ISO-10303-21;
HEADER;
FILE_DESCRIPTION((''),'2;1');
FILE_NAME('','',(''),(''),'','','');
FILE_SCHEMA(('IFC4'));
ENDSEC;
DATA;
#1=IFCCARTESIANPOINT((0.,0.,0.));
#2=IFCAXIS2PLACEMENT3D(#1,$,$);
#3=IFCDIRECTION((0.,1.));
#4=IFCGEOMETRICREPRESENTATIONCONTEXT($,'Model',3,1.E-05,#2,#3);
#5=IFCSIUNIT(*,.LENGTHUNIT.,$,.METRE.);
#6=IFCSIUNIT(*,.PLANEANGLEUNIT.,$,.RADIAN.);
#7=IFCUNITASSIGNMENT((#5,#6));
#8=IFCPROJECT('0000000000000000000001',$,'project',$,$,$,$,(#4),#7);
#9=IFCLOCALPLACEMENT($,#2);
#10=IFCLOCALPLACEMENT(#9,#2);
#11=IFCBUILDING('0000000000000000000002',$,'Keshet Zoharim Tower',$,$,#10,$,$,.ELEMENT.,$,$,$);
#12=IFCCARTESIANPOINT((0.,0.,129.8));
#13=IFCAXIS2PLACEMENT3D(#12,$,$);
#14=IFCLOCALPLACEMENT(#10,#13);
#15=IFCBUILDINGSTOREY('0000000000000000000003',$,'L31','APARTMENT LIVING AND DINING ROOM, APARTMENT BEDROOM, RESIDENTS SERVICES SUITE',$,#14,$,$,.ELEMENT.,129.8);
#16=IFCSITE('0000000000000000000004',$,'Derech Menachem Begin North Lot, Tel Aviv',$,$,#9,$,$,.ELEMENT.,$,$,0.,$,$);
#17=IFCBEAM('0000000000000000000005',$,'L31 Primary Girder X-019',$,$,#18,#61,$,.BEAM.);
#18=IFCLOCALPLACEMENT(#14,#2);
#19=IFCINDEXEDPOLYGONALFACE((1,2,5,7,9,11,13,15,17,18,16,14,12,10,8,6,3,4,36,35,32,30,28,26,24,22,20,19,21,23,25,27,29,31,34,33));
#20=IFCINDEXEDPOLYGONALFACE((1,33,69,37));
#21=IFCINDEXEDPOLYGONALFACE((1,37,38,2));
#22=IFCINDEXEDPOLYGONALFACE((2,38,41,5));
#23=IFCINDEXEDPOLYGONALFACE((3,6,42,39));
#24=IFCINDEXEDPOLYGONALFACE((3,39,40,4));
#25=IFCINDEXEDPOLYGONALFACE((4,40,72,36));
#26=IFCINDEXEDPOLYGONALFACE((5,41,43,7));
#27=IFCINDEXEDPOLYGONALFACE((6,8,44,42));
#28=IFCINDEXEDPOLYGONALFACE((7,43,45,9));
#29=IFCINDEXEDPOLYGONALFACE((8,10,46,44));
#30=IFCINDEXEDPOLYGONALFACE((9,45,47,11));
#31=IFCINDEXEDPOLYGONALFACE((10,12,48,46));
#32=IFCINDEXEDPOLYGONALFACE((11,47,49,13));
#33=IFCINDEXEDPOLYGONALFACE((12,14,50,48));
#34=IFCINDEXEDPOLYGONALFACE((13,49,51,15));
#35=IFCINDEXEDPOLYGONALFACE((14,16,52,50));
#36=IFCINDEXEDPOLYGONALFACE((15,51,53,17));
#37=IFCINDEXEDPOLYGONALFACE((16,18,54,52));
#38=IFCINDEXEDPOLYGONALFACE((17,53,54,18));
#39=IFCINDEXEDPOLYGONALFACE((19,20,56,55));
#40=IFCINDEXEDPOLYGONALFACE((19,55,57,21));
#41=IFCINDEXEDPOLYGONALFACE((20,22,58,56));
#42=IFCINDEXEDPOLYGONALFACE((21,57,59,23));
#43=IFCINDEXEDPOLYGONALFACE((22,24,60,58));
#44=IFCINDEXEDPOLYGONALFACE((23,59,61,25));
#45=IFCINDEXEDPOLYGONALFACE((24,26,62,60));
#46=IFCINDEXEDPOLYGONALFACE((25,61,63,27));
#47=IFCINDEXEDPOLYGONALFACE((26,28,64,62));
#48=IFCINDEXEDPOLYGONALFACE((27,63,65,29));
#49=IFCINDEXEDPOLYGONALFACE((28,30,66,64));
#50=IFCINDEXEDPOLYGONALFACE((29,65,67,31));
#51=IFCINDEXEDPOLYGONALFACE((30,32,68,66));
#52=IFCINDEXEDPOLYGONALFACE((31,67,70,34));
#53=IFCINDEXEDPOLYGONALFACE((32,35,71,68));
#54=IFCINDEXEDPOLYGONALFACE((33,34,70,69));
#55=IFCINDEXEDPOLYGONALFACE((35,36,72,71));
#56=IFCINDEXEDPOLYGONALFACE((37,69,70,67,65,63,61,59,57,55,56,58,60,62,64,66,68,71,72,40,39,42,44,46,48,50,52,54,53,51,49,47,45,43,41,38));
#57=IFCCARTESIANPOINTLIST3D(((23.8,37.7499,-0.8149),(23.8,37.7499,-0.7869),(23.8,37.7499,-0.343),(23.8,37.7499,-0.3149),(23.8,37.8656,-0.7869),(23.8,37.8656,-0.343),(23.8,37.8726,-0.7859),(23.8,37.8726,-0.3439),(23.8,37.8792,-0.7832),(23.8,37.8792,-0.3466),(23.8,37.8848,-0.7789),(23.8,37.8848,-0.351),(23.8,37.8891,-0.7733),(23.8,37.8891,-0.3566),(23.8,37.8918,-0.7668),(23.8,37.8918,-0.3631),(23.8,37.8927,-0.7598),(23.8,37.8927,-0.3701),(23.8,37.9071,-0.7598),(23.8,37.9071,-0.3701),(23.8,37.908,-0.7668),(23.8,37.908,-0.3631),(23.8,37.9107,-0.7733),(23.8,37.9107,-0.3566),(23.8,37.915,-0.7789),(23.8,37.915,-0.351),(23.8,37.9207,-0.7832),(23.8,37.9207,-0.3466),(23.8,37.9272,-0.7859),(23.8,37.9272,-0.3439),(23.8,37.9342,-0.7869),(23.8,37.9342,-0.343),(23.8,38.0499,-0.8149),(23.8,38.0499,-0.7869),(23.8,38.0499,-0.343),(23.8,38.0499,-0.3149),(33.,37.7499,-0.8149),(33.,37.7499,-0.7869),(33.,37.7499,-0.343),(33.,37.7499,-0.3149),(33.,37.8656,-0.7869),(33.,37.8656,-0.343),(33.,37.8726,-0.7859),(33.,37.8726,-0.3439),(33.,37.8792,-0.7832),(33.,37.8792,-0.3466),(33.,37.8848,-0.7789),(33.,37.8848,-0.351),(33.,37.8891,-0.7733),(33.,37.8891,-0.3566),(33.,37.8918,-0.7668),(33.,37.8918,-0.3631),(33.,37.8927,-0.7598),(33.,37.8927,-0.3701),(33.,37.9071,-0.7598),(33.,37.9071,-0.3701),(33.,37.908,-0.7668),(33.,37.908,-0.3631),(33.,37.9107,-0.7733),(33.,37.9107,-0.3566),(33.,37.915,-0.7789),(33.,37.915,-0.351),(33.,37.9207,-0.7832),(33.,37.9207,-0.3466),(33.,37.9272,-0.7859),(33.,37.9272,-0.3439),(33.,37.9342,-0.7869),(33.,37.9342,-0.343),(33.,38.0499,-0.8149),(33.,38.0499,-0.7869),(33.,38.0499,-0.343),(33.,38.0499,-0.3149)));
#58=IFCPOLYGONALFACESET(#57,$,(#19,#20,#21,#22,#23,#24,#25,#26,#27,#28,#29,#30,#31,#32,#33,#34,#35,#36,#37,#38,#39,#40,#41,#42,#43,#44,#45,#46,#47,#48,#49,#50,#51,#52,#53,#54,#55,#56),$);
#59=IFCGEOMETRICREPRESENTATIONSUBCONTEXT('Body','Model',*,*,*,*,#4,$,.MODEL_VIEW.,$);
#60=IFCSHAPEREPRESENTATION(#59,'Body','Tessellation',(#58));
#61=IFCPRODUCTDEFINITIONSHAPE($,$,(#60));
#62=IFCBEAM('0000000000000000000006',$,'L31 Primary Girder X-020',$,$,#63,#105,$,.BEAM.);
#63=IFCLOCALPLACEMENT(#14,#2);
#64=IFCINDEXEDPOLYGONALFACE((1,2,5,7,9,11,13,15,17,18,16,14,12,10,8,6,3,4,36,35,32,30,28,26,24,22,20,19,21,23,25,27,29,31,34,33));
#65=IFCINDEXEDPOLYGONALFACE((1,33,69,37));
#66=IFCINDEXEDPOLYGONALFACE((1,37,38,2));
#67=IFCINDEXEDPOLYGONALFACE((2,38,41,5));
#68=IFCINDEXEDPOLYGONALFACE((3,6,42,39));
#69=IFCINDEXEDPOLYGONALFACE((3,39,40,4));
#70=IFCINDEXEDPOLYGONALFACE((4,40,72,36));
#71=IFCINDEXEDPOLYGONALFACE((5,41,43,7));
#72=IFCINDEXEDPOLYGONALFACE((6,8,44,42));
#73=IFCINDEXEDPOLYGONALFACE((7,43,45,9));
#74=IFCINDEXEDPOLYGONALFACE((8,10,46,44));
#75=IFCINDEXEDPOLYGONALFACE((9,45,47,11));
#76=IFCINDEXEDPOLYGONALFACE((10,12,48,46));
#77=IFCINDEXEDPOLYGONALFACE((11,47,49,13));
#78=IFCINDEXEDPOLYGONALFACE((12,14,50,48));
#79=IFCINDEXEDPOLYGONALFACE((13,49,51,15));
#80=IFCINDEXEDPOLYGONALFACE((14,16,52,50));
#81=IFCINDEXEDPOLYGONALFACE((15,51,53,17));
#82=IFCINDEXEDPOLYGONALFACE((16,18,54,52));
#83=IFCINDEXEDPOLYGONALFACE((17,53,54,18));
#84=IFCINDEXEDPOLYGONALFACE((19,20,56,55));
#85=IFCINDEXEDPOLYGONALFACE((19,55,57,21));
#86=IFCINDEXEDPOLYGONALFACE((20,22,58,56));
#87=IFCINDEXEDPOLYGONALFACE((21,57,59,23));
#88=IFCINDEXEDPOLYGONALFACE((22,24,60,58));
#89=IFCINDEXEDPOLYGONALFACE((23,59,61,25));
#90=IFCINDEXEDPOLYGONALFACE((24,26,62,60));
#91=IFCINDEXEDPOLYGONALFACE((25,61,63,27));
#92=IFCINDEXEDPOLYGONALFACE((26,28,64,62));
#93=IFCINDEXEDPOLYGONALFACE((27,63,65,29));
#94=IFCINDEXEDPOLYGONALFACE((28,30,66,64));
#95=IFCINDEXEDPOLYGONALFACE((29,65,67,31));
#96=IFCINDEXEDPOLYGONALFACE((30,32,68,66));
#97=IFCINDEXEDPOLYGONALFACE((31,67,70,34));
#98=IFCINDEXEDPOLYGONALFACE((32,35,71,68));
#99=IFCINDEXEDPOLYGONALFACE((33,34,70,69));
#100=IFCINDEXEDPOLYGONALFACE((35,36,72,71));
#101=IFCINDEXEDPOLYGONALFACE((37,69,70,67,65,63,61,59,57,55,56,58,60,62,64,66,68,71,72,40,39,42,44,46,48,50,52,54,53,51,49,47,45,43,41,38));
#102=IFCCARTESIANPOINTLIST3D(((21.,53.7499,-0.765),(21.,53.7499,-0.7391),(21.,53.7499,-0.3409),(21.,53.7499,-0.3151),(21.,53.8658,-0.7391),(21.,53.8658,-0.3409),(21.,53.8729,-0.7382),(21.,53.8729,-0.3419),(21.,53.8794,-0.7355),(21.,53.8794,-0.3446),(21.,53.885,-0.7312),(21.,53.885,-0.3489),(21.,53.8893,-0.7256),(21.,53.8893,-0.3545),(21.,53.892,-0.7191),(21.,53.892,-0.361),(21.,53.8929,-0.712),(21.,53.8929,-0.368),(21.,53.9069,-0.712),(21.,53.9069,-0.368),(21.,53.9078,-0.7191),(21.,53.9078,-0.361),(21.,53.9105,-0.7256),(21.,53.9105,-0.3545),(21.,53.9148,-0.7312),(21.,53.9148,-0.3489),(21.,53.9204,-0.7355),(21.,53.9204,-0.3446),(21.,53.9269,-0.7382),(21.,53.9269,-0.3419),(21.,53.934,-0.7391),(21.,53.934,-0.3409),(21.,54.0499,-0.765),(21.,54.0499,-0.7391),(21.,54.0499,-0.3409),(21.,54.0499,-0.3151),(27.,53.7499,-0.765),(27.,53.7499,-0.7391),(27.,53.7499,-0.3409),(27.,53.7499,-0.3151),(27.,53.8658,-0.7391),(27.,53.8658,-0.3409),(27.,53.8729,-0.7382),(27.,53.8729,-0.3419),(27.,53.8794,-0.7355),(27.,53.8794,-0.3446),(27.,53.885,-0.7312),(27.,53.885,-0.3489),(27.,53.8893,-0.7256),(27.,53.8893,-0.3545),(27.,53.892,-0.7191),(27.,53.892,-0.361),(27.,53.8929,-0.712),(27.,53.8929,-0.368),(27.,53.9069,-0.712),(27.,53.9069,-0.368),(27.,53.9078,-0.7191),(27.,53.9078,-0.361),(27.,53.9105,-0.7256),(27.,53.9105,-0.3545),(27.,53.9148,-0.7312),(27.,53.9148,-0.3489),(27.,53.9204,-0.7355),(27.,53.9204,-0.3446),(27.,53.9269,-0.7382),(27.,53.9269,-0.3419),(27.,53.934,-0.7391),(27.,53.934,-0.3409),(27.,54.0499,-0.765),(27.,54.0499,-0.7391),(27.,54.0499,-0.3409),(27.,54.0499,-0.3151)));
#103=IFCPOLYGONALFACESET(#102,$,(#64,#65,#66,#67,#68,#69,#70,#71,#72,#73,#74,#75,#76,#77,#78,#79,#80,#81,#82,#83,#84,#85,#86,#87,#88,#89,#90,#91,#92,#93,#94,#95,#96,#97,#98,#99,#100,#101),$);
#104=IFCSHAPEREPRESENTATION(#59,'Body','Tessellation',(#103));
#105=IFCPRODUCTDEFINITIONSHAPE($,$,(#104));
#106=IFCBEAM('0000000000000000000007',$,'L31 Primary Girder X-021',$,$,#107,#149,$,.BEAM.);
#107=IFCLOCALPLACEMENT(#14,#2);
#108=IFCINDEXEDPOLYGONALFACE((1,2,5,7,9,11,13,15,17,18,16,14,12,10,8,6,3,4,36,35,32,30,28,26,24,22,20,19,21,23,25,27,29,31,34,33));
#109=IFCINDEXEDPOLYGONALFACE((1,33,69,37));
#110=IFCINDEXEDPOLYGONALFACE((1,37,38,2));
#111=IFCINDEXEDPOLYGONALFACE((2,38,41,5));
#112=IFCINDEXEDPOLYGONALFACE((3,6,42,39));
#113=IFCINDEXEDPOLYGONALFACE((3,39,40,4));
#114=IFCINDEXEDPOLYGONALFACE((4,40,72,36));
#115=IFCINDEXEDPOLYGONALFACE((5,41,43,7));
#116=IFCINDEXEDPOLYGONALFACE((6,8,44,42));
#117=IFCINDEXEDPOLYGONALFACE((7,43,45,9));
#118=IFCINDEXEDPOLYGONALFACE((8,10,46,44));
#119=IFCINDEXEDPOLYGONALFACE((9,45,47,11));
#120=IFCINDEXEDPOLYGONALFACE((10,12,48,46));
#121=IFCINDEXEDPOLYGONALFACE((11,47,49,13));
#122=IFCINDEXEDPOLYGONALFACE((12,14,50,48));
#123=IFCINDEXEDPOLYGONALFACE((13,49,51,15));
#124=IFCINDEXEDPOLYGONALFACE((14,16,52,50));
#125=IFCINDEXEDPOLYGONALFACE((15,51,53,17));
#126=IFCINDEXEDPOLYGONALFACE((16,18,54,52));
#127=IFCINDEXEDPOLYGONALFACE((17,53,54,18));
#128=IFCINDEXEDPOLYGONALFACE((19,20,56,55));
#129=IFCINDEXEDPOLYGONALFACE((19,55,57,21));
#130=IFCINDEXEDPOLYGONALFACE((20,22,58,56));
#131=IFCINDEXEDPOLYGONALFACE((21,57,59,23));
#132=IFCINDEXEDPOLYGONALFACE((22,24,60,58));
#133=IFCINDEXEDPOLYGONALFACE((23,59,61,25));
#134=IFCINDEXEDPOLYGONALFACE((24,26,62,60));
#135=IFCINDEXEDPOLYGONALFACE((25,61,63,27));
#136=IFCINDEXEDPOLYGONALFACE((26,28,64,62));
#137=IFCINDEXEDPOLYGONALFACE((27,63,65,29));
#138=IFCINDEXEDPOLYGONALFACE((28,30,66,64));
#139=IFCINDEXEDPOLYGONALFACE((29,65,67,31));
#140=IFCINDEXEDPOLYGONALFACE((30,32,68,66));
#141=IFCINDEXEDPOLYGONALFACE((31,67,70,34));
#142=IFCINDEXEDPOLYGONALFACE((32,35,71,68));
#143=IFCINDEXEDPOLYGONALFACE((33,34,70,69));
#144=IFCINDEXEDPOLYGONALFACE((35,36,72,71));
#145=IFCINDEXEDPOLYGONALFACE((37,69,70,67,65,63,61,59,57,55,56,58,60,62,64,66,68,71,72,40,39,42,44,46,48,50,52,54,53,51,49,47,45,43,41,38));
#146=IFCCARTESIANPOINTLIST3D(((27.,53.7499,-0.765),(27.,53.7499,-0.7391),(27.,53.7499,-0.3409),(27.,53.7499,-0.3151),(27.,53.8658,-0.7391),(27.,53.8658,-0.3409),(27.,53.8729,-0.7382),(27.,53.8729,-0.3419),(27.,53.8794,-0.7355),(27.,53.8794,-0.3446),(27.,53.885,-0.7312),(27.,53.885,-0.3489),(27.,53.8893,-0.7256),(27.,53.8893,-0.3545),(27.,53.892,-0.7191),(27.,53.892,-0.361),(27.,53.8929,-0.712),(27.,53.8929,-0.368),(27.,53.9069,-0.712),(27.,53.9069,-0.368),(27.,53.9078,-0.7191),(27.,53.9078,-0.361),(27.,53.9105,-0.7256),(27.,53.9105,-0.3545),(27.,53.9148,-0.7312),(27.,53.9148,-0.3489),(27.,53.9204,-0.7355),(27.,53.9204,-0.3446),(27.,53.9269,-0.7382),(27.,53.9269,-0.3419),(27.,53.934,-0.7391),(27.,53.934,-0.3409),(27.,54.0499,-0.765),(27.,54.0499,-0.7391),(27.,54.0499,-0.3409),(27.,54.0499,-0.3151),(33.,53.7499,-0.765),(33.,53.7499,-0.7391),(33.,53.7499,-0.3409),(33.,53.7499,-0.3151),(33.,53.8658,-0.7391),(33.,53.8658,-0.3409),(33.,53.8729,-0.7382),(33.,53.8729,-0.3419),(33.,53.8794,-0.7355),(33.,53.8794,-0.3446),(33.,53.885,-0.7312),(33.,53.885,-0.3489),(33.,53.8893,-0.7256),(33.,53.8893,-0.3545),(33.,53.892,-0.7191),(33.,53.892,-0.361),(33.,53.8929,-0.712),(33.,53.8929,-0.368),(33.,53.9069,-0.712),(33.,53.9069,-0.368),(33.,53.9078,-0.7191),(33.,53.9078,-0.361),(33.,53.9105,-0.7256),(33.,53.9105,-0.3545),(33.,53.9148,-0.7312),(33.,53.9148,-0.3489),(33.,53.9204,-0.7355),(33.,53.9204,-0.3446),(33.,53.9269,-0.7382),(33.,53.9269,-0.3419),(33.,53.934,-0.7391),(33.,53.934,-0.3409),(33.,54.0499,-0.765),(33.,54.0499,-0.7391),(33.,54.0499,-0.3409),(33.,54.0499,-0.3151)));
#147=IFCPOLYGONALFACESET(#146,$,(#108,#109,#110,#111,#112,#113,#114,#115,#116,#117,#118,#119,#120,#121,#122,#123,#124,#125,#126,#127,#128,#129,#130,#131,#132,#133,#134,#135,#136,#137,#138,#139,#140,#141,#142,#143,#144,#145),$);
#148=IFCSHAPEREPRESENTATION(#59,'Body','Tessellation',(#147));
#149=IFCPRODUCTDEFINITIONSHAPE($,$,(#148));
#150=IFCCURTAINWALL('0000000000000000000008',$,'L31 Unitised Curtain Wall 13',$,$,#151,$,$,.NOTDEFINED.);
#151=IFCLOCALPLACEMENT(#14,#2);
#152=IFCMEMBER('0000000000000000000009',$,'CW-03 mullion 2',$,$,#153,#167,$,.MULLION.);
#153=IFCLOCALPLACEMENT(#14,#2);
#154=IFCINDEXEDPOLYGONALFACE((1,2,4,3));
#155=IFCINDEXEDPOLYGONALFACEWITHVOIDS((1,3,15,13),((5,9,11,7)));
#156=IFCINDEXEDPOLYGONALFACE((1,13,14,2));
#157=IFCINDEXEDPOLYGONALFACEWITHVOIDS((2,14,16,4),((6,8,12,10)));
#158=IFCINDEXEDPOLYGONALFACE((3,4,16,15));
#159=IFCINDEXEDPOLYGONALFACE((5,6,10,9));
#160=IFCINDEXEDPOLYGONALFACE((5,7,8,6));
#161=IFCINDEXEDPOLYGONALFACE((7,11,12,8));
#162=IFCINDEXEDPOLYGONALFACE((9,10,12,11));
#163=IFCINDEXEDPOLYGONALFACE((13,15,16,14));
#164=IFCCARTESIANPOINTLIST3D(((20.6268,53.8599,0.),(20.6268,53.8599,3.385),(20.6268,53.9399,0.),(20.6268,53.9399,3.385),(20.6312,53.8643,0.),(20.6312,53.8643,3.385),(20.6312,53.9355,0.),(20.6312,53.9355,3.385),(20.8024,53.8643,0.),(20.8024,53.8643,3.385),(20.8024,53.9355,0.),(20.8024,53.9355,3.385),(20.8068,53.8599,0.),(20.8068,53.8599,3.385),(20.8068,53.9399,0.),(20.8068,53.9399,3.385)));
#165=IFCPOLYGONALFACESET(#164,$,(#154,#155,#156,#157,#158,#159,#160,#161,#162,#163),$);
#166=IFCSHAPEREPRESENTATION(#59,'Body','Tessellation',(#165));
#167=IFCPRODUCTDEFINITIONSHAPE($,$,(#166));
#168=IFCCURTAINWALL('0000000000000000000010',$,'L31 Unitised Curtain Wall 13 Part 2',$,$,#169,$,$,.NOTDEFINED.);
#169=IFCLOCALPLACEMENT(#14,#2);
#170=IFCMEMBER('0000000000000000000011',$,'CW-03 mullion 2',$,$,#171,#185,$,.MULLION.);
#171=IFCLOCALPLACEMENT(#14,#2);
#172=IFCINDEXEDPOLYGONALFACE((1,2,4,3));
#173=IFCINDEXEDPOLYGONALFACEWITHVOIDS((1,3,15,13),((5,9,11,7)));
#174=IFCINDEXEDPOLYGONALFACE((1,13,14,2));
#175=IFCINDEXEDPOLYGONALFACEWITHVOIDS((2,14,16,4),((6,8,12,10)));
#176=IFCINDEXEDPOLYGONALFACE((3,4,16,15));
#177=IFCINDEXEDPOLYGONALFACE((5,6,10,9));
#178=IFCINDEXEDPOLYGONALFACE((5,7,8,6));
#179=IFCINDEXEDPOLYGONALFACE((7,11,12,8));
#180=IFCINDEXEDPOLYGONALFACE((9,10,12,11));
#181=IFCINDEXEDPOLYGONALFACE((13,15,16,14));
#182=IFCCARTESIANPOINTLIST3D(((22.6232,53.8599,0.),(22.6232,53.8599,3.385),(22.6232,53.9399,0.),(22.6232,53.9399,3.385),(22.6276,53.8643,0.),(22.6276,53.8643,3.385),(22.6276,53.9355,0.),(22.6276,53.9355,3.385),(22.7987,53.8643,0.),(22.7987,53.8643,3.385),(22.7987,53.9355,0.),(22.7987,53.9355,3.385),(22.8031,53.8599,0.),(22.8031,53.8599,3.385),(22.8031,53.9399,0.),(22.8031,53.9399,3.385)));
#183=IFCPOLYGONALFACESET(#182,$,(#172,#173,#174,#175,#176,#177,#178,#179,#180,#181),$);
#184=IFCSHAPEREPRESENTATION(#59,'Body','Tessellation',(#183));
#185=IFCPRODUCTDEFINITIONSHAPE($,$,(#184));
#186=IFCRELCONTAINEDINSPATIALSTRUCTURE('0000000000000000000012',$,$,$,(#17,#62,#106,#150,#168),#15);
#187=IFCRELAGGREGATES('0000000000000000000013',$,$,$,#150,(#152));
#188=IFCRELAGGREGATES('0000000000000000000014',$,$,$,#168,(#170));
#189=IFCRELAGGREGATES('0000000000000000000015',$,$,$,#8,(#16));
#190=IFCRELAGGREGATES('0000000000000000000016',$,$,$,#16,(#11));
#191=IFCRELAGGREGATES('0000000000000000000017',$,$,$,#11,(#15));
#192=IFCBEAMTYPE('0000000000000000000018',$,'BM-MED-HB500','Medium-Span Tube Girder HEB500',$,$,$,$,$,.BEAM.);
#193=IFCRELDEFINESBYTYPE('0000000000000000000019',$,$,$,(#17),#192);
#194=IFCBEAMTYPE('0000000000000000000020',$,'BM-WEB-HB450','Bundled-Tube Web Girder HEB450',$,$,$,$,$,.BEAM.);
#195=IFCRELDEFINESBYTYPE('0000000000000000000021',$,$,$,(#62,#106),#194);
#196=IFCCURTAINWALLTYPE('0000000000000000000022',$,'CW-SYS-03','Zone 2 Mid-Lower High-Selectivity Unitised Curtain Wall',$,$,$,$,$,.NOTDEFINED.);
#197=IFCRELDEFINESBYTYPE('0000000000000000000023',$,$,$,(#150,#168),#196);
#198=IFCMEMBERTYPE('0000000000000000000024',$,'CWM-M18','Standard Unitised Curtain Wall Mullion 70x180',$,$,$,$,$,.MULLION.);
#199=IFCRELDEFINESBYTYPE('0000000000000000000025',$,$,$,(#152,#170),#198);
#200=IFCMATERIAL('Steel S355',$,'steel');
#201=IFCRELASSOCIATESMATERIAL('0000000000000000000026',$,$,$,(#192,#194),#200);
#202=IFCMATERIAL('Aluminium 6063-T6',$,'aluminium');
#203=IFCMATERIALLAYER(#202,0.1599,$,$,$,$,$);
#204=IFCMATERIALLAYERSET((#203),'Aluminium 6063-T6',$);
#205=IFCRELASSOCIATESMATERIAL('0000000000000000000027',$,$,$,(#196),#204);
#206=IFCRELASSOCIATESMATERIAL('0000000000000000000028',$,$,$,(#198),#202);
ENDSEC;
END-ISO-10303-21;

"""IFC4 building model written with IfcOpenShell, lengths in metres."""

from ifc_helpers import new_model, si_unit, direction, frame, origin, origin_2d, place, context, subcontext, project, spatial, hollow_rectangle, i_section, extrude, material, layer, layer_set, material_profile, profile_set, type_object, element, aggregate, save


model = new_model("IFC4")

# Units and contexts
model_context = context("Model", 3, precision=1e-05, world=origin(), true_north=direction((0.0, 1.0)))
body_context = subcontext(model_context, "Body", "Model", "MODEL_VIEW")
ifc_project = project(units=[si_unit("LENGTHUNIT", "METRE"), si_unit("PLANEANGLEUNIT", "RADIAN")], contexts=[model_context])

# Site, building, storey
site_placement = place(None, origin())
site = spatial("IfcSite", under=ifc_project, at=site_placement, Name="Derech Menachem Begin North Lot, Tel Aviv", CompositionType="ELEMENT", RefElevation=0.0)
building_placement = place(site_placement, origin())
building = spatial("IfcBuilding", under=site, at=building_placement, Name="Keshet Zoharim Tower", CompositionType="ELEMENT")
storey_placement = place(building_placement, frame((0.0, 0.0, 129.8)))
storey = spatial("IfcBuildingStorey", under=building, at=storey_placement, Name="L31", Description="APARTMENT LIVING AND DINING ROOM, APARTMENT BEDROOM, RESIDENTS SERVICES SUITE", CompositionType="ELEMENT", Elevation=129.8)

# Shared definitions
ifc_material_1 = material(Name="Steel S355", Category="steel")

# Beams
ifc_material_profile_1 = material_profile(ifc_material_1, i_section(OverallWidth=0.3, OverallDepth=0.5, WebThickness=0.0144, FlangeThickness=0.0281, FilletRadius=0.0271, at=origin_2d()), Name="HEB500")
ifc_profile_set_1 = profile_set([ifc_material_profile_1], Name="Steel S355")
beam_type_1 = type_object("IfcBeamType", Name="BM-MED-HB500", Description="Medium-Span Tube Girder HEB500", PredefinedType="BEAM", material=ifc_profile_set_1)
beam_placement = place(storey_placement, frame((23.8, 37.8999, -0.5649), z_axis=(1.0, 0.0, 0.0), x_axis=(0.0, 1.0, 0.0)))
element("IfcBeam", 1, at=beam_placement, inside=storey, type_object=beam_type_1, Name="L31 Primary Girder X-019", PredefinedType="BEAM", context=body_context, shape_type="SweptSolid", body=[
    extrude(i_section(OverallWidth=0.3, OverallDepth=0.5, WebThickness=0.0144, FlangeThickness=0.0281, FilletRadius=0.0271, at=origin_2d()), origin(), (0.0, 0.0, 1.0), 9.2),
])
ifc_material_profile_2 = material_profile(ifc_material_1, i_section(OverallWidth=0.3, OverallDepth=0.45, WebThickness=0.0139, FlangeThickness=0.0259, FilletRadius=0.0271, at=origin_2d()), Name="HEB450")
ifc_profile_set_2 = profile_set([ifc_material_profile_2], Name="Steel S355")
beam_type_2 = type_object("IfcBeamType", Name="BM-WEB-HB450", Description="Bundled-Tube Web Girder HEB450", PredefinedType="BEAM", material=ifc_profile_set_2)
for number, where, z_axis, x_axis, name in (
    (2, (21.0, 53.8999, -0.54), (1.0, 0.0, 0.0), (0.0, 1.0, 0.0), "L31 Primary Girder X-020"),
    (3, (27.0, 53.8999, -0.54), (1.0, 0.0, 0.0), (0.0, 1.0, 0.0), "L31 Primary Girder X-021"),
):
    element("IfcBeam", number, at=place(storey_placement, frame(where, z_axis=z_axis, x_axis=x_axis)), inside=storey, type_object=beam_type_2, Name=name, PredefinedType="BEAM", context=body_context, shape_type="SweptSolid", body=[
        extrude(i_section(OverallWidth=0.3, OverallDepth=0.45, WebThickness=0.0139, FlangeThickness=0.0259, FilletRadius=0.0271, at=origin_2d()), origin(), (0.0, 0.0, 1.0), 6.0),
    ])

# Curtain wall, member
ifc_material_2 = material(Name="Aluminium 6063-T6", Category="aluminium")
ifc_layer_1 = layer(ifc_material_2, 0.1599)
ifc_layer_set_1 = layer_set([ifc_layer_1], Name="Aluminium 6063-T6")
curtain_wall_type = type_object("IfcCurtainWallType", Name="CW-SYS-03", Description="Zone 2 Mid-Lower High-Selectivity Unitised Curtain Wall", PredefinedType="NOTDEFINED", material=ifc_layer_set_1)
curtain_wall_1_placement = place(storey_placement, origin())
curtain_wall_1 = element("IfcCurtainWall", 4, at=curtain_wall_1_placement, inside=storey, type_object=curtain_wall_type, Name="L31 Unitised Curtain Wall 13", PredefinedType="NOTDEFINED")
ifc_material_profile_3 = material_profile(ifc_material_2, hollow_rectangle(XDim=0.0801, YDim=0.1799, WallThickness=0.0044, at=origin_2d()), Name="MUL-80x180")
ifc_profile_set_3 = profile_set([ifc_material_profile_3], Name="Aluminium 6063-T6")
member_type_1 = type_object("IfcMemberType", Name="CWM-M18", Description="Standard Unitised Curtain Wall Mullion 70x180", PredefinedType="MULLION", material=ifc_profile_set_3)
member_1_placement = place(storey_placement, frame((20.7168, 53.8999, 0.0), z_axis=(0.0, 0.0, 1.0), x_axis=(0.0, 1.0, 0.0)))
member_1 = element("IfcMember", 5, at=member_1_placement, type_object=member_type_1, Name="CW-03 mullion 2", PredefinedType="MULLION", context=body_context, shape_type="SweptSolid", body=[
    extrude(hollow_rectangle(XDim=0.0801, YDim=0.1799, WallThickness=0.0044, at=origin_2d()), origin(), (0.0, 0.0, 1.0), 3.385),
])

# Curtain wall, member
curtain_wall_2_placement = place(storey_placement, origin())
curtain_wall_2 = element("IfcCurtainWall", 6, at=curtain_wall_2_placement, inside=storey, type_object=curtain_wall_type, Name="L31 Unitised Curtain Wall 13 Part 2", PredefinedType="NOTDEFINED")
member_2_placement = place(storey_placement, frame((22.7131, 53.8999, 0.0), z_axis=(0.0, 0.0, 1.0), x_axis=(0.0, 1.0, 0.0)))
member_2 = element("IfcMember", 7, at=member_2_placement, type_object=member_type_1, Name="CW-03 mullion 2", PredefinedType="MULLION", context=body_context, shape_type="SweptSolid", body=[
    extrude(hollow_rectangle(XDim=0.0801, YDim=0.1799, WallThickness=0.0044, at=origin_2d()), origin(), (0.0, 0.0, 1.0), 3.385),
])

aggregate(curtain_wall_1, [member_1])
aggregate(curtain_wall_2, [member_2])

save(model, "model.ifc")
